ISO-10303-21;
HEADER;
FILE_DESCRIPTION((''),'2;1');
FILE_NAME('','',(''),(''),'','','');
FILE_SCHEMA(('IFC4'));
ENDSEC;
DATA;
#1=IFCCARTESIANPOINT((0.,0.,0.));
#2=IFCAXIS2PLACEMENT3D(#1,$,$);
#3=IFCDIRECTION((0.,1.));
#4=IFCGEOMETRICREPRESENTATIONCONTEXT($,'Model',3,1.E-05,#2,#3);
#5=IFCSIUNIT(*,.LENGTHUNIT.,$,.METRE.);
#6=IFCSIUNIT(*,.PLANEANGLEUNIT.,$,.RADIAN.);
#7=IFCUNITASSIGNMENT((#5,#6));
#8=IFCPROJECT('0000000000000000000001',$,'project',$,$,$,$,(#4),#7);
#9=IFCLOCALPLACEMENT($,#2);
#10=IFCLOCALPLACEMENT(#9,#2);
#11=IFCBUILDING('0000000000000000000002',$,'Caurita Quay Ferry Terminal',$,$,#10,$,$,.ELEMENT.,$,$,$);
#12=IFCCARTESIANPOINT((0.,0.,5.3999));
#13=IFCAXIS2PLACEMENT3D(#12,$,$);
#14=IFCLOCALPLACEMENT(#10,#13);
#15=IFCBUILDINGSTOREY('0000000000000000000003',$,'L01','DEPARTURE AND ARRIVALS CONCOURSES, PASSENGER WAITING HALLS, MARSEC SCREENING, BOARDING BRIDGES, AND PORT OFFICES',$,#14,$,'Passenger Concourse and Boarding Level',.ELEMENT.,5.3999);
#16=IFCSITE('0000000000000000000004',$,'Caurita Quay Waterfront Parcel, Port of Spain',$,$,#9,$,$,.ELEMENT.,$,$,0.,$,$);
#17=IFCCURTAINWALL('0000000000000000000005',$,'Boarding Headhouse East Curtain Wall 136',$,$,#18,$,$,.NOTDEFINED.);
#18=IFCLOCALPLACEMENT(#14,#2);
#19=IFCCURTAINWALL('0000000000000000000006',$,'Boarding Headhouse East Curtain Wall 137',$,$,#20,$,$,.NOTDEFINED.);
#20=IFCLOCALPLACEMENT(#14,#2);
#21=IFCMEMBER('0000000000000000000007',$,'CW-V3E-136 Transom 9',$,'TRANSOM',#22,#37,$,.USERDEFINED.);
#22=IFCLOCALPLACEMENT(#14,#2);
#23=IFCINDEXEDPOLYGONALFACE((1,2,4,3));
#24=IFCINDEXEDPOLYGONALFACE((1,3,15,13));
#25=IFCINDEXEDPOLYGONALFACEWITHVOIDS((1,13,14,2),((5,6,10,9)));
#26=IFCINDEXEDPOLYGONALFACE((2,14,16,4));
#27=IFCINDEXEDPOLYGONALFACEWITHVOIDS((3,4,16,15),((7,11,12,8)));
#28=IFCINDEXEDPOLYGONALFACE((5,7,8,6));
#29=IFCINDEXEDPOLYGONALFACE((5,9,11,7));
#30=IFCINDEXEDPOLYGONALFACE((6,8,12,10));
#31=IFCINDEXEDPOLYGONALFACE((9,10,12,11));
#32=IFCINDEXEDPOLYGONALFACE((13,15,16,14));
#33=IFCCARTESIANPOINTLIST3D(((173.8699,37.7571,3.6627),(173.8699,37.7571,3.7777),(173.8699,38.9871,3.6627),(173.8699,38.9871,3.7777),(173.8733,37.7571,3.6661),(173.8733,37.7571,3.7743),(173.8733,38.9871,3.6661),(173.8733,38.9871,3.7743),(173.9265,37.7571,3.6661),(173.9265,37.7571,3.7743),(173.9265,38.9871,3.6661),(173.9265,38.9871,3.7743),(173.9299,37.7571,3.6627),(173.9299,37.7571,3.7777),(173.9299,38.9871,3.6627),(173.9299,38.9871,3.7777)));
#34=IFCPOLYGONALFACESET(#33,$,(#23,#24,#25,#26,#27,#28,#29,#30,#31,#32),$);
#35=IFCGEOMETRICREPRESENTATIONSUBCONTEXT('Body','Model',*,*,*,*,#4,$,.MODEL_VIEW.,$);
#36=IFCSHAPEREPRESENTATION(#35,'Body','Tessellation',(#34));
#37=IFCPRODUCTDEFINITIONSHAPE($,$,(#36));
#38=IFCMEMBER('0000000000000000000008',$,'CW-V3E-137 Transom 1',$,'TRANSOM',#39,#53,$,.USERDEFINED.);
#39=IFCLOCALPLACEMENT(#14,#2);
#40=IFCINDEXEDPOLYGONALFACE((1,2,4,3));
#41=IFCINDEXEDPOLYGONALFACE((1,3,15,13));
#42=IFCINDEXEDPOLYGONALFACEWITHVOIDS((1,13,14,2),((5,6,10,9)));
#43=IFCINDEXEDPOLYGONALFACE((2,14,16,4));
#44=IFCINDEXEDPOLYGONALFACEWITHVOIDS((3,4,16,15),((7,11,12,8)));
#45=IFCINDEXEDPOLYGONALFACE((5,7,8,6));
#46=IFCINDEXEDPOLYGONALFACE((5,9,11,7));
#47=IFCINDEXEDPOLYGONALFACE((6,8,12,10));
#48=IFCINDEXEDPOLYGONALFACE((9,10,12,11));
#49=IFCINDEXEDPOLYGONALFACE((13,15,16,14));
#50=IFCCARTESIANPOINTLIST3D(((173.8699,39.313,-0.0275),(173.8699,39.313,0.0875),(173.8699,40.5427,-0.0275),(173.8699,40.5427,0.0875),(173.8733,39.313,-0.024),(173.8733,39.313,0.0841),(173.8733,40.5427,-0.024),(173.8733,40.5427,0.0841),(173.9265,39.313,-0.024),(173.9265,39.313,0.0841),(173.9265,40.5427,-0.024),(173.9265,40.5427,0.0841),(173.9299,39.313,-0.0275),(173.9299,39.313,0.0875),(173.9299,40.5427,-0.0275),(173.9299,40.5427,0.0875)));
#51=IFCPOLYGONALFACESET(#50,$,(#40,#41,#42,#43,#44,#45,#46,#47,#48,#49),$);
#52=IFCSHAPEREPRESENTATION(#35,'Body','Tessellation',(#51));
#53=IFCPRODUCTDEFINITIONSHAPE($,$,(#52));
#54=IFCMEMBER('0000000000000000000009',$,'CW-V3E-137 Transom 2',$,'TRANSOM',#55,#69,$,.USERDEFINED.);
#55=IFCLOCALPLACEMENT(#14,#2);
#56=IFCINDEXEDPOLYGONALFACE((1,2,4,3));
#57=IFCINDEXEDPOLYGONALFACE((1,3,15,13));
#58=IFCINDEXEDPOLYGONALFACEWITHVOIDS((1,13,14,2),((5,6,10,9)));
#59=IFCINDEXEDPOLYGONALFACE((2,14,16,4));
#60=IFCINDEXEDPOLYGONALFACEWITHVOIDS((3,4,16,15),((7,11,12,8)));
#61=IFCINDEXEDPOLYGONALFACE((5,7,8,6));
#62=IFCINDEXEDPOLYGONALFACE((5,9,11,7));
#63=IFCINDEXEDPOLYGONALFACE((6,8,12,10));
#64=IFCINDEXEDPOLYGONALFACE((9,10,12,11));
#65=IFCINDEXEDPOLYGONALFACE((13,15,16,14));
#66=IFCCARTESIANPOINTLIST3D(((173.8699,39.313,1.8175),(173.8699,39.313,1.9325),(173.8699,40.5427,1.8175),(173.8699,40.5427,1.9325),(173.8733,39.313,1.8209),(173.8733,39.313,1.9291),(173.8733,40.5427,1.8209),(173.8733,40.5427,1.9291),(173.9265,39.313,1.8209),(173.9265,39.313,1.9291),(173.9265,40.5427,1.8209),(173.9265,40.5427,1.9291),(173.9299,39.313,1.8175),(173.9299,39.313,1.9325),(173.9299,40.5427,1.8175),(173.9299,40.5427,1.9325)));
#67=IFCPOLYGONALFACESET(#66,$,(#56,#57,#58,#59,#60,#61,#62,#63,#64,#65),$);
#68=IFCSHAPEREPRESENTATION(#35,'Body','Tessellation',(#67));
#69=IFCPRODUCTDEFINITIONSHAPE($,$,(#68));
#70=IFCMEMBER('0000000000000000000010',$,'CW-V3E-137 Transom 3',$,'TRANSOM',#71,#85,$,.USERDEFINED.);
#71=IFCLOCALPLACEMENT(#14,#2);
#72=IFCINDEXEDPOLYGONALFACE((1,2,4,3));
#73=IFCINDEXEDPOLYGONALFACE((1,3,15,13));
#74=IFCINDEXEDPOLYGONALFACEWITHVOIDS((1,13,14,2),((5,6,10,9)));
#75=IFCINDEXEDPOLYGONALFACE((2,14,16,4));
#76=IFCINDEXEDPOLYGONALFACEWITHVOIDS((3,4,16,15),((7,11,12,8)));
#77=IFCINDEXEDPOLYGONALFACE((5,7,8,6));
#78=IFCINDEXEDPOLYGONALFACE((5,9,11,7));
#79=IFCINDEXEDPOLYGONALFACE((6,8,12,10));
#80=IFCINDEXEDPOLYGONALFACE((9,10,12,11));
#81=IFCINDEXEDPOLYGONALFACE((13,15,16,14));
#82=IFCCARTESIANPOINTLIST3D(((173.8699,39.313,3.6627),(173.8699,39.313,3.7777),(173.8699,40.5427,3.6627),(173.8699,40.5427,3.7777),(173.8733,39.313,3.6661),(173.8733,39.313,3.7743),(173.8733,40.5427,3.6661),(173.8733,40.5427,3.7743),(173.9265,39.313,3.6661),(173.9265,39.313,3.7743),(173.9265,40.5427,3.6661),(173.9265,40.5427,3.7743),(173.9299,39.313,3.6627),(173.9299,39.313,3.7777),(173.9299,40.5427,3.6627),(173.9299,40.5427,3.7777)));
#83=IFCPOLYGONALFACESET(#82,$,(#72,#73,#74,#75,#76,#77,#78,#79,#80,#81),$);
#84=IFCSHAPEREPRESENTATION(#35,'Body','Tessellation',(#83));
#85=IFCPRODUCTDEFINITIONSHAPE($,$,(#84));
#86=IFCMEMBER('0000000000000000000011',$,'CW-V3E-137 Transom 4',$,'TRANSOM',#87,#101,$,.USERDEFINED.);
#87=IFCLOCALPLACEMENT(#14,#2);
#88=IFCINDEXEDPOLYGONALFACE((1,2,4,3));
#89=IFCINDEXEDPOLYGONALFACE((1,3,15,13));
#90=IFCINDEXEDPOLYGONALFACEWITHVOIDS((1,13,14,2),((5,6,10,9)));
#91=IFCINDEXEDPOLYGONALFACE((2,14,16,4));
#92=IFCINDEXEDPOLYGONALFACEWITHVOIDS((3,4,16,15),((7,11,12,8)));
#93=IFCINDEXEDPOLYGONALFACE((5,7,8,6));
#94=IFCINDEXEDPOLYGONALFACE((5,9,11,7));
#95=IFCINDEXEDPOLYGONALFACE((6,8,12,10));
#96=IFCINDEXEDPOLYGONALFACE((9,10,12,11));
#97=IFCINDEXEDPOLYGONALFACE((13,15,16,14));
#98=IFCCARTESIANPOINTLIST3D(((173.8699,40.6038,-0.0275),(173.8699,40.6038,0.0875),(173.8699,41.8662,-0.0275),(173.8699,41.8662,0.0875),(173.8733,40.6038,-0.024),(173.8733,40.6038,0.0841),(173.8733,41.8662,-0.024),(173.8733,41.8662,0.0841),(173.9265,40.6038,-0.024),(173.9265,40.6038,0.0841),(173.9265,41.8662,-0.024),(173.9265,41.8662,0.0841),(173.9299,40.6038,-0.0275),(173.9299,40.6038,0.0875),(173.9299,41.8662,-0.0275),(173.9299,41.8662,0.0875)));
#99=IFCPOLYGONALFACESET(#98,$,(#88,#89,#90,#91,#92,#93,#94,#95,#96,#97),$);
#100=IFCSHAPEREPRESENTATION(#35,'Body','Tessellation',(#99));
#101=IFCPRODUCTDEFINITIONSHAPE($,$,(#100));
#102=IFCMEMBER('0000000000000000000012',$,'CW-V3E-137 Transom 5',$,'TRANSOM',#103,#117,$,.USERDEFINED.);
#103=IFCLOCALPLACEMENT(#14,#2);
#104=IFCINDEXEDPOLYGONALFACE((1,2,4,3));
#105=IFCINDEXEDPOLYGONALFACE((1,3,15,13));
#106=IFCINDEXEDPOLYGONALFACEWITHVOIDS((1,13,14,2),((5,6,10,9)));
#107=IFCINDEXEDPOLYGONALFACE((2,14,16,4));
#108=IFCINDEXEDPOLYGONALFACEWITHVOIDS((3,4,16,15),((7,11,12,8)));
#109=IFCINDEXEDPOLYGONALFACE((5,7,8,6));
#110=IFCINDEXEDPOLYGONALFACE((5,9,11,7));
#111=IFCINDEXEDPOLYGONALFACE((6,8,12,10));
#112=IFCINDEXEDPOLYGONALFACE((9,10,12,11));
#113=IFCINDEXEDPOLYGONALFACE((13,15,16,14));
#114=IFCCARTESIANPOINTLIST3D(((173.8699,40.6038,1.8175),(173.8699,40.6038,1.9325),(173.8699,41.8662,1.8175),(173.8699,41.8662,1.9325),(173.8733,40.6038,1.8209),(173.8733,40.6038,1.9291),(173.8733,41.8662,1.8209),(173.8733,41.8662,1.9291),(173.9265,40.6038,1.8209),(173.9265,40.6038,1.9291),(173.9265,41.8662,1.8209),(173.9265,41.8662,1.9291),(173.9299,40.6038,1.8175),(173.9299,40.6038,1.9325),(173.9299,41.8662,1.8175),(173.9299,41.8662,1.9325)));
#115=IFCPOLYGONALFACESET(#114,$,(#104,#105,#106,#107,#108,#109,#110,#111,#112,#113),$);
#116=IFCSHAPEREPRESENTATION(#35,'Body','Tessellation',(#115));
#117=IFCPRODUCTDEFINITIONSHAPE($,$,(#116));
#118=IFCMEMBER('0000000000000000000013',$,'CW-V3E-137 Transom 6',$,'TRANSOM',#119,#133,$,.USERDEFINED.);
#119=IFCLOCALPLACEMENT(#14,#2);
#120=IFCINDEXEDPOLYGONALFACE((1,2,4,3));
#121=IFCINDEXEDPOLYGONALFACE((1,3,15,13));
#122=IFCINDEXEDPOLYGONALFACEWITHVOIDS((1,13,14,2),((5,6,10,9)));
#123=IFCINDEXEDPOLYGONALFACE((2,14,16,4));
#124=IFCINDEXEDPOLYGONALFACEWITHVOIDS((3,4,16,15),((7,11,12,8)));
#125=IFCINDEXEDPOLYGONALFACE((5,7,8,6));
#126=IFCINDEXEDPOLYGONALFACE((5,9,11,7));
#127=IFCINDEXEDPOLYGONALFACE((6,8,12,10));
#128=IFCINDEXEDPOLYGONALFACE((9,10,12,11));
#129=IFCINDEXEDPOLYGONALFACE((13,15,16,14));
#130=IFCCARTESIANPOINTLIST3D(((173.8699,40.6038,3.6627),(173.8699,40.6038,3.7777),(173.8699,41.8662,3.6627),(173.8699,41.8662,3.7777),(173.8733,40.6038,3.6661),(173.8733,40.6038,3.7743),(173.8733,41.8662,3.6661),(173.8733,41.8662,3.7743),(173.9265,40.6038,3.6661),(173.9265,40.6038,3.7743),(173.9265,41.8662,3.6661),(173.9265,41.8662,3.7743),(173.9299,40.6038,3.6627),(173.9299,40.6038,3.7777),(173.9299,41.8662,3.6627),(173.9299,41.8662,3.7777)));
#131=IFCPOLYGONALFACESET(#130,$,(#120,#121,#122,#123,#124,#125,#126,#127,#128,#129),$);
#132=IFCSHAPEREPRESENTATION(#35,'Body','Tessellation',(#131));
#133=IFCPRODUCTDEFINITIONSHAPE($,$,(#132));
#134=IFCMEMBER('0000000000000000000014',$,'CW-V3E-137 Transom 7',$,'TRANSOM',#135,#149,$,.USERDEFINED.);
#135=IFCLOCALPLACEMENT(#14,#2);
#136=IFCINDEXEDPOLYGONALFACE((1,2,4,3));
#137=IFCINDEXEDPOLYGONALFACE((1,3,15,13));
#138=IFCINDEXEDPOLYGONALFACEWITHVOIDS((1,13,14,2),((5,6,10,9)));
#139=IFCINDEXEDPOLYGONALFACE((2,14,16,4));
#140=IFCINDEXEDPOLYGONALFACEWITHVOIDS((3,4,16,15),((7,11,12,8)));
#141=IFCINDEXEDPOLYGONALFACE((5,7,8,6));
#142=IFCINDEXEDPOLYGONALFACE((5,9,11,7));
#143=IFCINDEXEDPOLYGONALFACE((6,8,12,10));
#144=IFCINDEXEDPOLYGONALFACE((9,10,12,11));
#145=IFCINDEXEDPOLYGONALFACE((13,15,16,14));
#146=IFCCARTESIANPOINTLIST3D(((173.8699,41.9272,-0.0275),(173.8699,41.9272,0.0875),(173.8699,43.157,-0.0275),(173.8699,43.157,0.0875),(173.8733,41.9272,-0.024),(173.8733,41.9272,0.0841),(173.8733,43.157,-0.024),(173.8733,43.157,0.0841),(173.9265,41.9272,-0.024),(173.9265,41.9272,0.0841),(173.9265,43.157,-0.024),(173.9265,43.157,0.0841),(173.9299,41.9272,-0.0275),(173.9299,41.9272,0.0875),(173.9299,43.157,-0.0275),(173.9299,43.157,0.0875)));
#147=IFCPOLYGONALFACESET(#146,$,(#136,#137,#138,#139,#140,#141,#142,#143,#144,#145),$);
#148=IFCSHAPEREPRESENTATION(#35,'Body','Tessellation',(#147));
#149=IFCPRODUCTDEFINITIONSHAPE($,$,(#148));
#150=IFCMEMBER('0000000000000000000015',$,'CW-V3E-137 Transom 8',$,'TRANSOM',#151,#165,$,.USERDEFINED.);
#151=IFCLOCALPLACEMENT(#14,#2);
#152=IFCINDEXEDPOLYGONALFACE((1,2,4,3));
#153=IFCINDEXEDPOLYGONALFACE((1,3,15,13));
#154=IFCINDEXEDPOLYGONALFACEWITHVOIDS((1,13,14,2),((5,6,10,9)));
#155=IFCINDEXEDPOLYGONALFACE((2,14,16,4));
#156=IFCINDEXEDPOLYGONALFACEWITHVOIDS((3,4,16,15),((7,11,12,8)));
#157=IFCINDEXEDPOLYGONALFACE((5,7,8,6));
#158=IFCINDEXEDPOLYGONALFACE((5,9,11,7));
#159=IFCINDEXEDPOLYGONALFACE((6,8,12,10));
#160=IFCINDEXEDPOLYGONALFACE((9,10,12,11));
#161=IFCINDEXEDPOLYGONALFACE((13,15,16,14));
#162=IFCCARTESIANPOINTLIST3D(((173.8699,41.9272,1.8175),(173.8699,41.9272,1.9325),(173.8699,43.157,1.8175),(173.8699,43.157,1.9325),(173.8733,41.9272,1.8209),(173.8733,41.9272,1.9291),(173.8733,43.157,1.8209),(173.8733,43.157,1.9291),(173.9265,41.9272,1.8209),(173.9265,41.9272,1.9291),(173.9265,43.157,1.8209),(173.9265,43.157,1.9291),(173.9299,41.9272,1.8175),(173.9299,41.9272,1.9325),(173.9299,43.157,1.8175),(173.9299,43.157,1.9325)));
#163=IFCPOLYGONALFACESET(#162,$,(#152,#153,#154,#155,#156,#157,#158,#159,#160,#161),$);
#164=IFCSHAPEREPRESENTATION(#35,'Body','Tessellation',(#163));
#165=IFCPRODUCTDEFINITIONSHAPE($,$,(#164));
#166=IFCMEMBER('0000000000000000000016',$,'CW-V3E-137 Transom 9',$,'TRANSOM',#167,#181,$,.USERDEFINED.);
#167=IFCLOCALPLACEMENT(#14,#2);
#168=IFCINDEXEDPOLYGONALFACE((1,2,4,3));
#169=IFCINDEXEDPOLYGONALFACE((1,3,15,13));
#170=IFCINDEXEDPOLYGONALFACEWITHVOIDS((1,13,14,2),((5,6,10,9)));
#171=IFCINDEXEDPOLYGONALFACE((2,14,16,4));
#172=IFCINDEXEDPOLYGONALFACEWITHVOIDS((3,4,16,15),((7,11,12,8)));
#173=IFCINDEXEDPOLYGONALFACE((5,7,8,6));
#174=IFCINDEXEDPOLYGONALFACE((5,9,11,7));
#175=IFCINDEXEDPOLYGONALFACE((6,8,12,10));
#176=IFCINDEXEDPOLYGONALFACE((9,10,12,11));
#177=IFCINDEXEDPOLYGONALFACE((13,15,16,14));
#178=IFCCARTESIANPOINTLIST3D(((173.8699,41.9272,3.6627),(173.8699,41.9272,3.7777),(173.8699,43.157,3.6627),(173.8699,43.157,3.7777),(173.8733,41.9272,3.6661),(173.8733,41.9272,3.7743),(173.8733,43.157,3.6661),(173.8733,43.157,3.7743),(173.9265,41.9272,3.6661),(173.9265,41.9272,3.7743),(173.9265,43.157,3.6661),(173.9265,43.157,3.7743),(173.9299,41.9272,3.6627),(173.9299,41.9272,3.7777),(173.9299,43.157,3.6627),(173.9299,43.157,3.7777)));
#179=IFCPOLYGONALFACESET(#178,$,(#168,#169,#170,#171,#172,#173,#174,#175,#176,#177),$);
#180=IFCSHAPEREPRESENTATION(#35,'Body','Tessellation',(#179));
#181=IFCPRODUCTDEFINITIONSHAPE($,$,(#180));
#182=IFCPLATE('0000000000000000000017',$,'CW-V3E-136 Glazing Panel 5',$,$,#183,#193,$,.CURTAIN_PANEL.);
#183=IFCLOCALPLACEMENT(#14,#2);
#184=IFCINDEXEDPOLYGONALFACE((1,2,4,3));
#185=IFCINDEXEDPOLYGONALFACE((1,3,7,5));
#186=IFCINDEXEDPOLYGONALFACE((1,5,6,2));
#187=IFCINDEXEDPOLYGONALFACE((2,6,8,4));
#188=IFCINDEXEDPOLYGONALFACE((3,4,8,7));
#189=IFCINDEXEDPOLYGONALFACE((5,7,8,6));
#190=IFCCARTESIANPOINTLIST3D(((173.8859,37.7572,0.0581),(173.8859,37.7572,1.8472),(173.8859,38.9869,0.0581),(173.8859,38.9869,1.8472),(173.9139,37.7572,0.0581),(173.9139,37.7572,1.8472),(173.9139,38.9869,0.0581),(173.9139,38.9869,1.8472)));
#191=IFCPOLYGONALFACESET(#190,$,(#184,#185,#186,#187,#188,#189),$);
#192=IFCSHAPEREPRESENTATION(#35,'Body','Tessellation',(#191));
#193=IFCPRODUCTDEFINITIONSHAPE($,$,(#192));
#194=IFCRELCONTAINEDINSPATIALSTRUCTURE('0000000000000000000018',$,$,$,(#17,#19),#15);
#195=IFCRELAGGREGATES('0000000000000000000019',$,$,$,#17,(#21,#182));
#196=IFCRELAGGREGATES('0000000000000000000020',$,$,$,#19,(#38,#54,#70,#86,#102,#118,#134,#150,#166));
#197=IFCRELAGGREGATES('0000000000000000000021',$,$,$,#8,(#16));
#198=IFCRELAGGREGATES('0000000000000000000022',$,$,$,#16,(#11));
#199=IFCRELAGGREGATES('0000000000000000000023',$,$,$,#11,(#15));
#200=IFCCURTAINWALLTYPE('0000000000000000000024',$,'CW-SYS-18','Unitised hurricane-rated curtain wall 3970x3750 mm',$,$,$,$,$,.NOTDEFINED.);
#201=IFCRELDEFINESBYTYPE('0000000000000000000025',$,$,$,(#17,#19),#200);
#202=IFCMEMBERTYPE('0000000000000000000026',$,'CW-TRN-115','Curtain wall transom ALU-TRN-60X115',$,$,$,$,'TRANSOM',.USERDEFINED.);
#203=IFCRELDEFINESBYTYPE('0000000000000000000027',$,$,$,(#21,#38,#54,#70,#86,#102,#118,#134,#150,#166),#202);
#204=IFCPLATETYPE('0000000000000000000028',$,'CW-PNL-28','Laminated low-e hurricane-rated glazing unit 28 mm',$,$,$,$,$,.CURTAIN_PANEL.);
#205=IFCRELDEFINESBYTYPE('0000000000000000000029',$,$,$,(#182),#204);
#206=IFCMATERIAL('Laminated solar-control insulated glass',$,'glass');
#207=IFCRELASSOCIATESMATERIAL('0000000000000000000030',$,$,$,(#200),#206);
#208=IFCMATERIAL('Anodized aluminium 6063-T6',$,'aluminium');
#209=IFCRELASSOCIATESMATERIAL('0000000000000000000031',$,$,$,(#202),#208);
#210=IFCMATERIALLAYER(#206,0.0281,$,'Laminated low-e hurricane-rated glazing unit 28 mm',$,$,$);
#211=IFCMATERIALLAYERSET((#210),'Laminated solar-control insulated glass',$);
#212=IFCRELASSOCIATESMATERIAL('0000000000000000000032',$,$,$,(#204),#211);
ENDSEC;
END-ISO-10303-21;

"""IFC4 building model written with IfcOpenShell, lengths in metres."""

from ifc_helpers import new_model, si_unit, direction, frame, origin, origin_2d, place, context, subcontext, project, spatial, rectangle, hollow_rectangle, extrude, material, layer, layer_set, material_profile, profile_set, type_object, element, aggregate, save


model = new_model("IFC4")

# Units and contexts
model_context = context("Model", 3, precision=1e-05, world=origin(), true_north=direction((0.0, 1.0)))
body_context = subcontext(model_context, "Body", "Model", "MODEL_VIEW")
ifc_project = project(units=[si_unit("LENGTHUNIT", "METRE"), si_unit("PLANEANGLEUNIT", "RADIAN")], contexts=[model_context])

# Site, building, storey
site_placement = place(None, origin())
site = spatial("IfcSite", under=ifc_project, at=site_placement, Name="Caurita Quay Waterfront Parcel, Port of Spain", CompositionType="ELEMENT", RefElevation=0.0)
building_placement = place(site_placement, origin())
building = spatial("IfcBuilding", under=site, at=building_placement, Name="Caurita Quay Ferry Terminal", CompositionType="ELEMENT")
storey_placement = place(building_placement, frame((0.0, 0.0, 5.3999)))
storey = spatial("IfcBuildingStorey", under=building, at=storey_placement, Name="L01", Description="DEPARTURE AND ARRIVALS CONCOURSES, PASSENGER WAITING HALLS, MARSEC SCREENING, BOARDING BRIDGES, AND PORT OFFICES", LongName="Passenger Concourse and Boarding Level", CompositionType="ELEMENT", Elevation=5.3999)

# Curtain wall
ifc_material_1 = material(Name="Laminated solar-control insulated glass", Category="glass")
curtain_wall_type = type_object("IfcCurtainWallType", Name="CW-SYS-18", Description="Unitised hurricane-rated curtain wall 3970x3750 mm", PredefinedType="NOTDEFINED", material=ifc_material_1)
curtain_wall_1_placement = place(storey_placement, origin())
curtain_wall_1 = element("IfcCurtainWall", 1, at=curtain_wall_1_placement, inside=storey, type_object=curtain_wall_type, Name="Boarding Headhouse East Curtain Wall 136", PredefinedType="NOTDEFINED")
ifc_material_2 = material(Name="Anodized aluminium 6063-T6", Category="aluminium")

# Curtain wall
curtain_wall_2_placement = place(storey_placement, origin())
curtain_wall_2 = element("IfcCurtainWall", 2, at=curtain_wall_2_placement, inside=storey, type_object=curtain_wall_type, Name="Boarding Headhouse East Curtain Wall 137", PredefinedType="NOTDEFINED")

# Members
ifc_material_profile_1 = material_profile(ifc_material_2, hollow_rectangle(XDim=0.0601, YDim=0.115, WallThickness=0.0034, at=origin_2d()), Name="ALU-TRN-60X115")
ifc_profile_set_1 = profile_set([ifc_material_profile_1], Name="Anodized aluminium 6063-T6")
member_type_1 = type_object("IfcMemberType", Name="CW-TRN-115", Description="Curtain wall transom ALU-TRN-60X115", ElementType="TRANSOM", PredefinedType="USERDEFINED", material=ifc_profile_set_1)
member_1_placement = place(storey_placement, frame((173.8999, 37.7571, 3.7202), z_axis=(0.0, 1.0, 0.0), x_axis=(-1.0, 0.0, 0.0)))
member_1 = element("IfcMember", 3, at=member_1_placement, type_object=member_type_1, Name="CW-V3E-136 Transom 9", ObjectType="TRANSOM", PredefinedType="USERDEFINED", context=body_context, shape_type="SweptSolid", body=[
    extrude(hollow_rectangle(XDim=0.0601, YDim=0.115, WallThickness=0.0034, at=origin_2d()), origin(), (0.0, 0.0, 1.0), 1.23),
])
member_2_placement = place(storey_placement, frame((173.8999, 39.313, 0.03), z_axis=(0.0, 1.0, 0.0), x_axis=(-1.0, 0.0, 0.0)))
member_2 = element("IfcMember", 4, at=member_2_placement, type_object=member_type_1, Name="CW-V3E-137 Transom 1", ObjectType="TRANSOM", PredefinedType="USERDEFINED", context=body_context, shape_type="SweptSolid", body=[
    extrude(hollow_rectangle(XDim=0.0601, YDim=0.115, WallThickness=0.0034, at=origin_2d()), origin(), (0.0, 0.0, 1.0), 1.2297),
])
member_3_placement = place(storey_placement, frame((173.8999, 39.313, 1.875), z_axis=(0.0, 1.0, 0.0), x_axis=(-1.0, 0.0, 0.0)))
member_3 = element("IfcMember", 5, at=member_3_placement, type_object=member_type_1, Name="CW-V3E-137 Transom 2", ObjectType="TRANSOM", PredefinedType="USERDEFINED", context=body_context, shape_type="SweptSolid", body=[
    extrude(hollow_rectangle(XDim=0.0601, YDim=0.115, WallThickness=0.0034, at=origin_2d()), origin(), (0.0, 0.0, 1.0), 1.2297),
])
member_4_placement = place(storey_placement, frame((173.8999, 39.313, 3.7202), z_axis=(0.0, 1.0, 0.0), x_axis=(-1.0, 0.0, 0.0)))
member_4 = element("IfcMember", 6, at=member_4_placement, type_object=member_type_1, Name="CW-V3E-137 Transom 3", ObjectType="TRANSOM", PredefinedType="USERDEFINED", context=body_context, shape_type="SweptSolid", body=[
    extrude(hollow_rectangle(XDim=0.0601, YDim=0.115, WallThickness=0.0034, at=origin_2d()), origin(), (0.0, 0.0, 1.0), 1.2297),
])
member_5_placement = place(storey_placement, frame((173.8999, 40.6038, 0.03), z_axis=(0.0, 1.0, 0.0), x_axis=(-1.0, 0.0, 0.0)))
member_5 = element("IfcMember", 7, at=member_5_placement, type_object=member_type_1, Name="CW-V3E-137 Transom 4", ObjectType="TRANSOM", PredefinedType="USERDEFINED", context=body_context, shape_type="SweptSolid", body=[
    extrude(hollow_rectangle(XDim=0.0601, YDim=0.115, WallThickness=0.0034, at=origin_2d()), origin(), (0.0, 0.0, 1.0), 1.2625),
])
member_6_placement = place(storey_placement, frame((173.8999, 40.6038, 1.875), z_axis=(0.0, 1.0, 0.0), x_axis=(-1.0, 0.0, 0.0)))
member_6 = element("IfcMember", 8, at=member_6_placement, type_object=member_type_1, Name="CW-V3E-137 Transom 5", ObjectType="TRANSOM", PredefinedType="USERDEFINED", context=body_context, shape_type="SweptSolid", body=[
    extrude(hollow_rectangle(XDim=0.0601, YDim=0.115, WallThickness=0.0034, at=origin_2d()), origin(), (0.0, 0.0, 1.0), 1.2625),
])
member_7_placement = place(storey_placement, frame((173.8999, 40.6038, 3.7202), z_axis=(0.0, 1.0, 0.0), x_axis=(-1.0, 0.0, 0.0)))
member_7 = element("IfcMember", 9, at=member_7_placement, type_object=member_type_1, Name="CW-V3E-137 Transom 6", ObjectType="TRANSOM", PredefinedType="USERDEFINED", context=body_context, shape_type="SweptSolid", body=[
    extrude(hollow_rectangle(XDim=0.0601, YDim=0.115, WallThickness=0.0034, at=origin_2d()), origin(), (0.0, 0.0, 1.0), 1.2625),
])
member_8_placement = place(storey_placement, frame((173.8999, 41.9272, 0.03), z_axis=(0.0, 1.0, 0.0), x_axis=(-1.0, 0.0, 0.0)))
member_8 = element("IfcMember", 10, at=member_8_placement, type_object=member_type_1, Name="CW-V3E-137 Transom 7", ObjectType="TRANSOM", PredefinedType="USERDEFINED", context=body_context, shape_type="SweptSolid", body=[
    extrude(hollow_rectangle(XDim=0.0601, YDim=0.115, WallThickness=0.0034, at=origin_2d()), origin(), (0.0, 0.0, 1.0), 1.2297),
])
member_9_placement = place(storey_placement, frame((173.8999, 41.9272, 1.875), z_axis=(0.0, 1.0, 0.0), x_axis=(-1.0, 0.0, 0.0)))
member_9 = element("IfcMember", 11, at=member_9_placement, type_object=member_type_1, Name="CW-V3E-137 Transom 8", ObjectType="TRANSOM", PredefinedType="USERDEFINED", context=body_context, shape_type="SweptSolid", body=[
    extrude(hollow_rectangle(XDim=0.0601, YDim=0.115, WallThickness=0.0034, at=origin_2d()), origin(), (0.0, 0.0, 1.0), 1.2297),
])
member_10_placement = place(storey_placement, frame((173.8999, 41.9272, 3.7202), z_axis=(0.0, 1.0, 0.0), x_axis=(-1.0, 0.0, 0.0)))
member_10 = element("IfcMember", 12, at=member_10_placement, type_object=member_type_1, Name="CW-V3E-137 Transom 9", ObjectType="TRANSOM", PredefinedType="USERDEFINED", context=body_context, shape_type="SweptSolid", body=[
    extrude(hollow_rectangle(XDim=0.0601, YDim=0.115, WallThickness=0.0034, at=origin_2d()), origin(), (0.0, 0.0, 1.0), 1.2297),
])

# Plate
ifc_layer_1 = layer(ifc_material_1, 0.0281, Name="Laminated low-e hurricane-rated glazing unit 28 mm")
ifc_layer_set_1 = layer_set([ifc_layer_1], Name="Laminated solar-control insulated glass")
plate_type = type_object("IfcPlateType", Name="CW-PNL-28", Description="Laminated low-e hurricane-rated glazing unit 28 mm", PredefinedType="CURTAIN_PANEL", material=ifc_layer_set_1)
plate_1_placement = place(storey_placement, frame((173.8999, 38.3721, 0.0581), z_axis=(0.0, 0.0, 1.0), x_axis=(0.0, 1.0, 0.0)))
plate_1 = element("IfcPlate", 13, at=plate_1_placement, type_object=plate_type, Name="CW-V3E-136 Glazing Panel 5", PredefinedType="CURTAIN_PANEL", context=body_context, shape_type="SweptSolid", body=[
    extrude(rectangle(XDim=1.2297, YDim=0.0281, at=origin_2d()), origin(), (0.0, 0.0, 1.0), 1.7891),
])
aggregate(curtain_wall_1, [member_1, plate_1])
aggregate(curtain_wall_2, [member_2, member_3, member_4, member_5, member_6, member_7, member_8, member_9, member_10])

save(model, "model.ifc")
